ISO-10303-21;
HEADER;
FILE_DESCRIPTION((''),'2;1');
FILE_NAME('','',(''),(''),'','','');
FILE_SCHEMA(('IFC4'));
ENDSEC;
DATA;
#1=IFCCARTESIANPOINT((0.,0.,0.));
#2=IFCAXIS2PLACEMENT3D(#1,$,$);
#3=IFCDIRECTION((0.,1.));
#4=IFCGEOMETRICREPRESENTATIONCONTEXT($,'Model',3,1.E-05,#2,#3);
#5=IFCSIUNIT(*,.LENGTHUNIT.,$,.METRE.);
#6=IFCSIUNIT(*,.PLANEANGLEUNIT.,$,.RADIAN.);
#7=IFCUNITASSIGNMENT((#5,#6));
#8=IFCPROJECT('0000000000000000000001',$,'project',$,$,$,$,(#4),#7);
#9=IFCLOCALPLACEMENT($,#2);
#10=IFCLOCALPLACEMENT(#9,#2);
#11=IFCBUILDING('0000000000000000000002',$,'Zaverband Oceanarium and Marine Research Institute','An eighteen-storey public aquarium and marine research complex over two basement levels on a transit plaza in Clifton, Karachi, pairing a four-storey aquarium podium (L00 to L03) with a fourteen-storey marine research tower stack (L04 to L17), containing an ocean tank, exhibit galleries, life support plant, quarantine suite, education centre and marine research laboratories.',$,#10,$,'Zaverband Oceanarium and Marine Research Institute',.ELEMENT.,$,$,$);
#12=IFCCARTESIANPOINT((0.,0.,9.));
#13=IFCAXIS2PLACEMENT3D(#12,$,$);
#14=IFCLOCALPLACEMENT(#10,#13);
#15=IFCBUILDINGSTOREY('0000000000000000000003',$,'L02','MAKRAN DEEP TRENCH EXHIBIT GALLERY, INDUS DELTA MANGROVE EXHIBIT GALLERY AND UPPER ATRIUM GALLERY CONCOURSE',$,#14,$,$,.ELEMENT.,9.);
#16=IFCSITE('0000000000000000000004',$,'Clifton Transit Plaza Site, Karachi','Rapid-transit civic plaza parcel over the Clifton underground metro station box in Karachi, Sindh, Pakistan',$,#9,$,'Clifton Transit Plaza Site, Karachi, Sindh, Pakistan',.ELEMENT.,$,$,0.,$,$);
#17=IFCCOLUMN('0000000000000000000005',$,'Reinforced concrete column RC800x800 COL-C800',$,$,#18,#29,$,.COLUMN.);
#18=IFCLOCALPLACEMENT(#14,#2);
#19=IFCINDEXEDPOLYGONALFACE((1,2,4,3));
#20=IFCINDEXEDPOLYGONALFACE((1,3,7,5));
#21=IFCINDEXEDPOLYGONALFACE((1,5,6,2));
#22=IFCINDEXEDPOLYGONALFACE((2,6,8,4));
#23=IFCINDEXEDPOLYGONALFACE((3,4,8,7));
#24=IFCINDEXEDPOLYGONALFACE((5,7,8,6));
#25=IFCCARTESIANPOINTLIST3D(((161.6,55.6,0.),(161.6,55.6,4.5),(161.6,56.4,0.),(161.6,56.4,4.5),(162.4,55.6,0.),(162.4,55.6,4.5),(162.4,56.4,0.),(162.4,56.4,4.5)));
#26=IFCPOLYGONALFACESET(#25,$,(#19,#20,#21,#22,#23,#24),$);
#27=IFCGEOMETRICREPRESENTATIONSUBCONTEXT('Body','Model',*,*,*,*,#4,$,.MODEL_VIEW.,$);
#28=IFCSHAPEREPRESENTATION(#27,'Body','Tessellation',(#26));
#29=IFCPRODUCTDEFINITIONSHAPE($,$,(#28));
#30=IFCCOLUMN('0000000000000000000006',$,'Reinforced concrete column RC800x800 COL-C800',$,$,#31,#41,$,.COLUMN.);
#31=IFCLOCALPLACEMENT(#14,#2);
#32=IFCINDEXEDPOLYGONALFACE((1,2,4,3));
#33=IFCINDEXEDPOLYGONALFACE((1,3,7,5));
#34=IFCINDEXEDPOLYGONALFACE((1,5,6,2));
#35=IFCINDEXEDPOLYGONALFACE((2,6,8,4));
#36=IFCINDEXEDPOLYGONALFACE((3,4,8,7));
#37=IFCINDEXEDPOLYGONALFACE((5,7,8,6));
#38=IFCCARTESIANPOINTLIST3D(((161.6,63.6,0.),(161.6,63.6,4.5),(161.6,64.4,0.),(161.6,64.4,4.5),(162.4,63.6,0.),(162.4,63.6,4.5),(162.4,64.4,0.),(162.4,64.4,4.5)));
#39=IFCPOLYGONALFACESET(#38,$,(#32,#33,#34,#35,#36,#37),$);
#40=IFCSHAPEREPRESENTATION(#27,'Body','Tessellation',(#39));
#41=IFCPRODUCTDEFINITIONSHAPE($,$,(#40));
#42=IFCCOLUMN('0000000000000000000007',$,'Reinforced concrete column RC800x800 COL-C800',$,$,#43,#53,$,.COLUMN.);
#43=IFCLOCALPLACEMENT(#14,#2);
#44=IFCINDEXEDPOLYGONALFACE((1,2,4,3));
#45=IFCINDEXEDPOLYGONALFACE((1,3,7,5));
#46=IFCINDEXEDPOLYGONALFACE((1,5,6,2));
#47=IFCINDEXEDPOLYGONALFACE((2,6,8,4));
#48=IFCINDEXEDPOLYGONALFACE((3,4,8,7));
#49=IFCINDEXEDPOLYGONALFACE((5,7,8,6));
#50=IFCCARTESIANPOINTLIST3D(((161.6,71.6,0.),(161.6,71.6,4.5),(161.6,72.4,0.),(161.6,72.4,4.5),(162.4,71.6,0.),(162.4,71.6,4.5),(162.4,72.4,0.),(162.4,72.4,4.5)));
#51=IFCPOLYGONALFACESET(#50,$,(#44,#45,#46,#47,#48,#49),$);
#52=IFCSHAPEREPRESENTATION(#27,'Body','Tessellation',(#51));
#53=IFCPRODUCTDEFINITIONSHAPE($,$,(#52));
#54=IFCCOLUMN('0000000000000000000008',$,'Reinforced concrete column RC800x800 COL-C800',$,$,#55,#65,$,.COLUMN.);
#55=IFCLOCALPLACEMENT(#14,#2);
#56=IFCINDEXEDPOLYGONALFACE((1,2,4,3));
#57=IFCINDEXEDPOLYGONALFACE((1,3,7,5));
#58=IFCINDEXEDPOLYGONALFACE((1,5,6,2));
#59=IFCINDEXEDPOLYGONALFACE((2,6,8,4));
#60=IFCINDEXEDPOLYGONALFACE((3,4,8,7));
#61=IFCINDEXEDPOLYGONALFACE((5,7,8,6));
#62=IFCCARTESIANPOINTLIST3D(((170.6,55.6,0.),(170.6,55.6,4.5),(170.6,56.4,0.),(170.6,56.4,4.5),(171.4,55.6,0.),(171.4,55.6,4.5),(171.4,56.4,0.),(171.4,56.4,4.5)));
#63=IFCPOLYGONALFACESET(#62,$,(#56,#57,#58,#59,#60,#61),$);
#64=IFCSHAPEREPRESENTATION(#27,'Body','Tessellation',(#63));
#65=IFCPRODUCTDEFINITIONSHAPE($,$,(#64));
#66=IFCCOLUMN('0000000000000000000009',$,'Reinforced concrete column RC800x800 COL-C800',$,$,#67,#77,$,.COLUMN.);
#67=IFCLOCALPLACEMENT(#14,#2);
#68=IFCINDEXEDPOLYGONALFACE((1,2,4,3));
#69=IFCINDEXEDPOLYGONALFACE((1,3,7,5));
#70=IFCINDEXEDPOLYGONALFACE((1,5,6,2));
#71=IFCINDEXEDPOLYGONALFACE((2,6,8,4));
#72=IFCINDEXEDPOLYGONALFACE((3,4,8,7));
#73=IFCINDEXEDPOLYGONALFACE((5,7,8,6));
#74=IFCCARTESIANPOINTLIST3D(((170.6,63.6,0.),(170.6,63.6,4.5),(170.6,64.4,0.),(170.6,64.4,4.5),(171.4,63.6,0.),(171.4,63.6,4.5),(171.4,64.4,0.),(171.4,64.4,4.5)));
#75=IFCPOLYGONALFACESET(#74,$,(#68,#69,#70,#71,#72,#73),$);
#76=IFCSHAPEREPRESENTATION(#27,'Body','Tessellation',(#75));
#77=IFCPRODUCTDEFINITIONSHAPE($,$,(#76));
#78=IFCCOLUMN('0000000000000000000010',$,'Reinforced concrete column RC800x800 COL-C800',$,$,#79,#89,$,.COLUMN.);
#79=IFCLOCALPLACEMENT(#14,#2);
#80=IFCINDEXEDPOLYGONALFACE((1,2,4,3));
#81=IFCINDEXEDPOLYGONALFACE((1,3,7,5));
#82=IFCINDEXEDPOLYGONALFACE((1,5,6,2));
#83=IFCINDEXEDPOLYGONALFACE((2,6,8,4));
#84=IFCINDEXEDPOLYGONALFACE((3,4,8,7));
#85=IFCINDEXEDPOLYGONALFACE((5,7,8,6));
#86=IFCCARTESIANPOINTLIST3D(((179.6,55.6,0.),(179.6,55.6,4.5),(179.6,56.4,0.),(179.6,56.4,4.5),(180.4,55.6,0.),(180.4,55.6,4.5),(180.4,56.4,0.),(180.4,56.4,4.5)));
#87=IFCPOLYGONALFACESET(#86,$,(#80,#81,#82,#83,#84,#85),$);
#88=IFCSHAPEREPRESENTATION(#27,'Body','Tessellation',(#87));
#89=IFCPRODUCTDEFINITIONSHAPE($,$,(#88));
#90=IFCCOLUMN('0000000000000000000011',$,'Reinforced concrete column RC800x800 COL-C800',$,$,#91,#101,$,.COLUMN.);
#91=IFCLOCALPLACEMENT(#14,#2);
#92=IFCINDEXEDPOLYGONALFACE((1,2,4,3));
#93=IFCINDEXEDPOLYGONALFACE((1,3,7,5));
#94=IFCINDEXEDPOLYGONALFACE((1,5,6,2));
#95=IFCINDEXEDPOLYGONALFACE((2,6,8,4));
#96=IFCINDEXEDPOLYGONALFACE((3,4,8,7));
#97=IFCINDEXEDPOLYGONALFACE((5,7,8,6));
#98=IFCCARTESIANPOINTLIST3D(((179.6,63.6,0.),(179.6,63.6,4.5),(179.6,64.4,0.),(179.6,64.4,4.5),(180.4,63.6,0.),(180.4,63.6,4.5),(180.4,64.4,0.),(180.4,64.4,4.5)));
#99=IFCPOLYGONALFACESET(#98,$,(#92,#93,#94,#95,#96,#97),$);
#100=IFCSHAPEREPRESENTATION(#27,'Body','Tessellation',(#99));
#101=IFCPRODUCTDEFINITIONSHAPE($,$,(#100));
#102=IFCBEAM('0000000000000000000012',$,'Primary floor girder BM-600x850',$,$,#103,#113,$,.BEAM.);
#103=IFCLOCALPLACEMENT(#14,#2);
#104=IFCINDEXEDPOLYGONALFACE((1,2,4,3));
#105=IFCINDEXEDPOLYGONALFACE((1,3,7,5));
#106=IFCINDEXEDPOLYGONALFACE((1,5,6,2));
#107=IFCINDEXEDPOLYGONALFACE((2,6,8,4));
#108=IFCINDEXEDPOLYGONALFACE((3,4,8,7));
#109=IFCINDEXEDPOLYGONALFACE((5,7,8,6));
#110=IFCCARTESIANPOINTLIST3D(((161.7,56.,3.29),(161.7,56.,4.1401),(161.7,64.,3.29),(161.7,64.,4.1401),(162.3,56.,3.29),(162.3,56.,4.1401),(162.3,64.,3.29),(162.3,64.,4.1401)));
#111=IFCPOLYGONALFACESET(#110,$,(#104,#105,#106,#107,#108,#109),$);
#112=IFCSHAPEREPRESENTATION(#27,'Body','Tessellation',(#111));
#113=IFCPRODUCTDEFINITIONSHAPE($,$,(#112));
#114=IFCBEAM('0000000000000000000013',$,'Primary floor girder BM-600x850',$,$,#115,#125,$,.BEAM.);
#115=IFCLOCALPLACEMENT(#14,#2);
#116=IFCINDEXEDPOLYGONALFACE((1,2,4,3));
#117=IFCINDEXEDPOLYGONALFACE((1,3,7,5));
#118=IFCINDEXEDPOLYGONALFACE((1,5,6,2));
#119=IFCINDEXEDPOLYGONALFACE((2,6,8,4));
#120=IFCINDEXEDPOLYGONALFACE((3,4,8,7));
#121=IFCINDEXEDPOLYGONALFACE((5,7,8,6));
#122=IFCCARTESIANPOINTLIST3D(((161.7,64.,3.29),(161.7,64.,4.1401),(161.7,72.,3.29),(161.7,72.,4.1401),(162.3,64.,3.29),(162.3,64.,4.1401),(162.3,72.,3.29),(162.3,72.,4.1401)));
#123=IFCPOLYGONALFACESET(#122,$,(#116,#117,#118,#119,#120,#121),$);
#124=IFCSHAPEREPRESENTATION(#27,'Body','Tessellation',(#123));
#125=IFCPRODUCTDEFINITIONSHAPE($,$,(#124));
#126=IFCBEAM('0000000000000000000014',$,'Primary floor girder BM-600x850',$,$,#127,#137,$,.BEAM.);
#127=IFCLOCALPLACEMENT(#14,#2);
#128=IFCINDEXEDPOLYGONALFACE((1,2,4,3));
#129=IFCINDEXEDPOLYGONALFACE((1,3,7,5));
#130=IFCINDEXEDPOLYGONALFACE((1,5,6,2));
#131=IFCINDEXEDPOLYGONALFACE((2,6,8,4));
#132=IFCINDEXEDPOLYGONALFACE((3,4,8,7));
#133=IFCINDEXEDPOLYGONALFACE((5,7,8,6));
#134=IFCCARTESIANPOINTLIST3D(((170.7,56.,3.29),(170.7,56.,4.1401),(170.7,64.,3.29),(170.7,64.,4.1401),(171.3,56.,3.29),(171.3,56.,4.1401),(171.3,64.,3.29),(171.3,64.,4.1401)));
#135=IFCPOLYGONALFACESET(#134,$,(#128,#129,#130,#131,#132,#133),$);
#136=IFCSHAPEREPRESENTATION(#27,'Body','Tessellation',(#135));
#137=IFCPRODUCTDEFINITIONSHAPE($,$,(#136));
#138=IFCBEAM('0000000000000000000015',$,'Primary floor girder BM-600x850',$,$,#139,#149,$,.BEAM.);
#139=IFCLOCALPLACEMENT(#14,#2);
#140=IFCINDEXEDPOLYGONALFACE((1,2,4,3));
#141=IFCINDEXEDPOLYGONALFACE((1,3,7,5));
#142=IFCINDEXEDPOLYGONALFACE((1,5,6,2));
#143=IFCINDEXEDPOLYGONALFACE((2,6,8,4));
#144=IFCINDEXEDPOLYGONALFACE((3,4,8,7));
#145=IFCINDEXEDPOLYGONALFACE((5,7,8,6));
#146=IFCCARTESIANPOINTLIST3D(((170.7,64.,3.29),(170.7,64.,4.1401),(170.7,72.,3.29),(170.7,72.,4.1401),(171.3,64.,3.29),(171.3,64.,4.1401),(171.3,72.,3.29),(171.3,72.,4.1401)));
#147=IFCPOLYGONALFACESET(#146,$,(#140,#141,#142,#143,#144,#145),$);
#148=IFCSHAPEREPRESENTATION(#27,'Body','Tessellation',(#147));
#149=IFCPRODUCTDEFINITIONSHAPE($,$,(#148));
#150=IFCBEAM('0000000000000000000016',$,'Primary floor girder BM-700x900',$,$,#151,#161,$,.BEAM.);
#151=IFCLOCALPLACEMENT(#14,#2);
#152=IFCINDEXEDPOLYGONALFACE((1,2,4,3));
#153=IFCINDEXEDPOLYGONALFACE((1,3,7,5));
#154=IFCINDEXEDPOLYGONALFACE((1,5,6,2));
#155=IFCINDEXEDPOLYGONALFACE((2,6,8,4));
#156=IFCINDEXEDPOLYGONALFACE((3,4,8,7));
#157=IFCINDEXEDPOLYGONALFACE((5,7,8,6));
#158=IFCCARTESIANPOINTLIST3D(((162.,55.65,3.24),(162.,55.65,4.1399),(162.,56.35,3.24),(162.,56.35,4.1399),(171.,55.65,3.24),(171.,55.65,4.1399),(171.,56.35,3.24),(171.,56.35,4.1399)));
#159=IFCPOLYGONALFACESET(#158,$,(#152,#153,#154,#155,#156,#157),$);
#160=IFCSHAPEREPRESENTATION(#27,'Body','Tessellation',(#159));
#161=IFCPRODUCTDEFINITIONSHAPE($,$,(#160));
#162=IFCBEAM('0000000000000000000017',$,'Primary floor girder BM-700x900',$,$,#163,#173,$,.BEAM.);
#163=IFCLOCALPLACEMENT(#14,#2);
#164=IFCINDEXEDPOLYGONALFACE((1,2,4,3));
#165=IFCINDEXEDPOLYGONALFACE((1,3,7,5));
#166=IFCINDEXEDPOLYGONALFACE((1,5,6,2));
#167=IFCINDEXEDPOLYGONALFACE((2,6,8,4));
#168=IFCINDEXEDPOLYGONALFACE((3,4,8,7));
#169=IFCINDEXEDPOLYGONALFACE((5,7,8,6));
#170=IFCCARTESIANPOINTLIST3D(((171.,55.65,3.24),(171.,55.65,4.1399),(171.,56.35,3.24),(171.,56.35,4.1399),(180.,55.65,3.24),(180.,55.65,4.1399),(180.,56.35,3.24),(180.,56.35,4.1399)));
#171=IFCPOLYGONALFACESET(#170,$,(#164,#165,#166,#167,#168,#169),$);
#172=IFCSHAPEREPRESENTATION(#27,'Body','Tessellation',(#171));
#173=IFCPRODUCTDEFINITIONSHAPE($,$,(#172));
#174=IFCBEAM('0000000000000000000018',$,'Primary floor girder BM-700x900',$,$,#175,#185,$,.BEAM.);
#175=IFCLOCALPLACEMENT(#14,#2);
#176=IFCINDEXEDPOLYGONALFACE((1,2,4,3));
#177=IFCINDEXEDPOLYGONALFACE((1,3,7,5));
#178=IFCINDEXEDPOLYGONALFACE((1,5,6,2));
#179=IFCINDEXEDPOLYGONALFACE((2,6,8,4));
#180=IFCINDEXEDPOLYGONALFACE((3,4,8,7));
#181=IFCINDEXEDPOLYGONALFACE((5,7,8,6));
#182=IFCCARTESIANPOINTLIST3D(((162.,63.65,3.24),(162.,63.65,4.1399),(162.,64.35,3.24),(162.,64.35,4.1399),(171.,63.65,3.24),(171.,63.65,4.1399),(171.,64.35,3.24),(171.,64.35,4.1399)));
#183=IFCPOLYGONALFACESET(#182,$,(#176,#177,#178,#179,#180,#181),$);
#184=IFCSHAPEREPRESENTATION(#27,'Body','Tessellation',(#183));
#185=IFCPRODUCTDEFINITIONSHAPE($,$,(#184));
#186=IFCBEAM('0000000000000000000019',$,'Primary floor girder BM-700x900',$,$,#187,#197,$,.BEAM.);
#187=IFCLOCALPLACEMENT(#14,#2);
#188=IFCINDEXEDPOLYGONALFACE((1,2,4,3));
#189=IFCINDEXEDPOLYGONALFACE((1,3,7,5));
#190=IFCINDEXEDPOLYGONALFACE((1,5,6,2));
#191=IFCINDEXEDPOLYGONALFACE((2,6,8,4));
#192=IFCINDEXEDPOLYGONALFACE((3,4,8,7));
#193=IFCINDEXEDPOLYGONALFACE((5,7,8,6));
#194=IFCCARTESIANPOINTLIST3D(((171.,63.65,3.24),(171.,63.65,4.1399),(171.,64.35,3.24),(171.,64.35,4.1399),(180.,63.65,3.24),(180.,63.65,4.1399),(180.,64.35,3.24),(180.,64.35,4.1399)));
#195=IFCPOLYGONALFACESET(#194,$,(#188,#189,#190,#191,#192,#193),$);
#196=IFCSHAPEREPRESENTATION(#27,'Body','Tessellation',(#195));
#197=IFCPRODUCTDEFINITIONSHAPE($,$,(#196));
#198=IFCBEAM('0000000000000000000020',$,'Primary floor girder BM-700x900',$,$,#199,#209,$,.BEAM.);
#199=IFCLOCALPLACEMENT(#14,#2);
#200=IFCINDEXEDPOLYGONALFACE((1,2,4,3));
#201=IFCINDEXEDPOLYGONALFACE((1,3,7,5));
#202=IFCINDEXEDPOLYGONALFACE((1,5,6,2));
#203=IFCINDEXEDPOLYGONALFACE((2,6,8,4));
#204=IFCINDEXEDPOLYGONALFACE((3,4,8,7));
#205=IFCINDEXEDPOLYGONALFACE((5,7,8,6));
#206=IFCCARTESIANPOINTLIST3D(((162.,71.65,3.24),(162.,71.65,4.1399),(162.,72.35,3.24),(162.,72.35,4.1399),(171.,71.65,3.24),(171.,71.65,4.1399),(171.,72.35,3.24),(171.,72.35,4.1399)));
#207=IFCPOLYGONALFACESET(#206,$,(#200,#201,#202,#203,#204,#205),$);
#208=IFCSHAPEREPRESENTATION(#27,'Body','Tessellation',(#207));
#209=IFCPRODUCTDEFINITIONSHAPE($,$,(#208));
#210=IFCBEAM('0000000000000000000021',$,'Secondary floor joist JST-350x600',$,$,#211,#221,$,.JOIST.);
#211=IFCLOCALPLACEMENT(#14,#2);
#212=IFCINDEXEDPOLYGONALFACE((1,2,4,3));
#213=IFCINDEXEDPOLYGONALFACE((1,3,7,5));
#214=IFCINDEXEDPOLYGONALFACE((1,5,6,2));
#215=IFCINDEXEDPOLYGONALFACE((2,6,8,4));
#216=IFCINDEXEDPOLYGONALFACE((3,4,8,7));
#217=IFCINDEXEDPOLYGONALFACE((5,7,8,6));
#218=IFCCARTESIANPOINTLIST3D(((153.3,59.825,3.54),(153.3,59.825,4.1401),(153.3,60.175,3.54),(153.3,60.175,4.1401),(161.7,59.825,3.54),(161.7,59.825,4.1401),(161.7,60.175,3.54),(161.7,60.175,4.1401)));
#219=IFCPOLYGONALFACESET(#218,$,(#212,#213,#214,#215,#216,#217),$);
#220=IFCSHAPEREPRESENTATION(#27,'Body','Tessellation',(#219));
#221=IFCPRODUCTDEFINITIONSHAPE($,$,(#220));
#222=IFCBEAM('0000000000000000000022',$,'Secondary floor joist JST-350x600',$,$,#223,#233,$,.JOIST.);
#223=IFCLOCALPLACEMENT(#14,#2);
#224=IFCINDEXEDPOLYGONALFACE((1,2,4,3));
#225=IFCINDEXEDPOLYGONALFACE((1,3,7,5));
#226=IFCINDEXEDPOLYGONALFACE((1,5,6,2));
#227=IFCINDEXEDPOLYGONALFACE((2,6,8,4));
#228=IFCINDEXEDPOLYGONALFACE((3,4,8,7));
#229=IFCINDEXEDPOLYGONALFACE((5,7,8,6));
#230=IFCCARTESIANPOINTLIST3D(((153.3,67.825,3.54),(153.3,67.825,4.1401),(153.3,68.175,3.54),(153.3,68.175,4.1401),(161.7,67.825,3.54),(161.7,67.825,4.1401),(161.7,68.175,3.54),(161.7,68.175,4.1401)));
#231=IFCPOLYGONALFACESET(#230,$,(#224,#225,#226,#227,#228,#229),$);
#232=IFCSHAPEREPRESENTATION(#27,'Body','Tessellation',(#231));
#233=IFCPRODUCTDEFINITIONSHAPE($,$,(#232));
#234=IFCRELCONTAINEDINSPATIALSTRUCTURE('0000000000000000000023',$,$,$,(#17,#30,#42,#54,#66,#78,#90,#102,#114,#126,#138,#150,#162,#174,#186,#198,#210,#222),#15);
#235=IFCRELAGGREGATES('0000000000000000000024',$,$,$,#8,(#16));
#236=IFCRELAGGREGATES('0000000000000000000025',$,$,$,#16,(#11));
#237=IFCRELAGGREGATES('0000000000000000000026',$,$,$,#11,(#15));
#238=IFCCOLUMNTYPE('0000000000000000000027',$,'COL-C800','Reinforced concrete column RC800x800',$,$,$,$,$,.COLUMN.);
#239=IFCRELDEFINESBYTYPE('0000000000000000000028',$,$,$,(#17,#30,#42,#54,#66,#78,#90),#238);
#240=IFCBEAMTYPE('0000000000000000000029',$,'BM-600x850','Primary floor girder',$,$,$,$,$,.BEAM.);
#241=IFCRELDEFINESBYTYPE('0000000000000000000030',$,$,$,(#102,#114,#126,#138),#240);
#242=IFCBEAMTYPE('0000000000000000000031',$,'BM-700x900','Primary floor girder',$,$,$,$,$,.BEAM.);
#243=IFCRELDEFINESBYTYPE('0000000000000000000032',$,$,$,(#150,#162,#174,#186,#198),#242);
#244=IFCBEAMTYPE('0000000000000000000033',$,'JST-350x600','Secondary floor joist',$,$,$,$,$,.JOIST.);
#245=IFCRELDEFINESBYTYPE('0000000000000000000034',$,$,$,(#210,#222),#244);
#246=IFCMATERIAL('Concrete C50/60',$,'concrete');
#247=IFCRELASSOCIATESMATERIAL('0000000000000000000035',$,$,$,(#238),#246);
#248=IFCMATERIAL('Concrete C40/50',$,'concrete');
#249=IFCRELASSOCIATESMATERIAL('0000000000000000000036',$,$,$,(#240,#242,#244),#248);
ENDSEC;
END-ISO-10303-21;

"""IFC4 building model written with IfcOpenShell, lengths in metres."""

from ifc_helpers import new_model, si_unit, direction, frame, origin, origin_2d, place, context, subcontext, project, spatial, rectangle, extrude, material, material_profile, profile_set, type_object, element, save


model = new_model("IFC4")

# Units and contexts
model_context = context("Model", 3, precision=1e-05, world=origin(), true_north=direction((0.0, 1.0)))
body_context = subcontext(model_context, "Body", "Model", "MODEL_VIEW")
ifc_project = project(units=[si_unit("LENGTHUNIT", "METRE"), si_unit("PLANEANGLEUNIT", "RADIAN")], contexts=[model_context])

# Site, building, storey
site_placement = place(None, origin())
site = spatial("IfcSite", under=ifc_project, at=site_placement, Name="Clifton Transit Plaza Site, Karachi", Description="Rapid-transit civic plaza parcel over the Clifton underground metro station box in Karachi, Sindh, Pakistan", LongName="Clifton Transit Plaza Site, Karachi, Sindh, Pakistan", CompositionType="ELEMENT", RefElevation=0.0)
building_placement = place(site_placement, origin())
building = spatial("IfcBuilding", under=site, at=building_placement, Name="Zaverband Oceanarium and Marine Research Institute", Description="An eighteen-storey public aquarium and marine research complex over two basement levels on a transit plaza in Clifton, Karachi, pairing a four-storey aquarium podium (L00 to L03) with a fourteen-storey marine research tower stack (L04 to L17), containing an ocean tank, exhibit galleries, life support plant, quarantine suite, education centre and marine research laboratories.", LongName="Zaverband Oceanarium and Marine Research Institute", CompositionType="ELEMENT")
storey_placement = place(building_placement, frame((0.0, 0.0, 9.0)))
storey = spatial("IfcBuildingStorey", under=building, at=storey_placement, Name="L02", Description="MAKRAN DEEP TRENCH EXHIBIT GALLERY, INDUS DELTA MANGROVE EXHIBIT GALLERY AND UPPER ATRIUM GALLERY CONCOURSE", CompositionType="ELEMENT", Elevation=9.0)

# Columns
ifc_material_1 = material(Name="Concrete C50/60", Category="concrete")
ifc_material_profile_1 = material_profile(ifc_material_1, rectangle(XDim=0.8, YDim=0.8, at=origin_2d()), Name="RC800x800")
ifc_profile_set_1 = profile_set([ifc_material_profile_1], Name="Concrete C50/60")
column_type = type_object("IfcColumnType", Name="COL-C800", Description="Reinforced concrete column RC800x800", PredefinedType="COLUMN", material=ifc_profile_set_1)
for number, where, z_axis, x_axis, name in (
    (1, (162.0, 56.0, 0.0), (0.0, 0.0, 1.0), (1.0, 0.0, 0.0), "Reinforced concrete column RC800x800 COL-C800"),
    (2, (162.0, 64.0, 0.0), (0.0, 0.0, 1.0), (1.0, 0.0, 0.0), "Reinforced concrete column RC800x800 COL-C800"),
    (3, (162.0, 72.0, 0.0), (0.0, 0.0, 1.0), (1.0, 0.0, 0.0), "Reinforced concrete column RC800x800 COL-C800"),
    (4, (171.0, 56.0, 0.0), (0.0, 0.0, 1.0), (1.0, 0.0, 0.0), "Reinforced concrete column RC800x800 COL-C800"),
    (5, (171.0, 64.0, 0.0), (0.0, 0.0, 1.0), (1.0, 0.0, 0.0), "Reinforced concrete column RC800x800 COL-C800"),
    (6, (180.0, 56.0, 0.0), (0.0, 0.0, 1.0), (1.0, 0.0, 0.0), "Reinforced concrete column RC800x800 COL-C800"),
    (7, (180.0, 64.0, 0.0), (0.0, 0.0, 1.0), (1.0, 0.0, 0.0), "Reinforced concrete column RC800x800 COL-C800"),
):
    element("IfcColumn", number, at=place(storey_placement, frame(where, z_axis=z_axis, x_axis=x_axis)), inside=storey, type_object=column_type, Name=name, PredefinedType="COLUMN", context=body_context, shape_type="SweptSolid", body=[
        extrude(rectangle(XDim=0.8, YDim=0.8, at=origin_2d()), origin(), (0.0, 0.0, 1.0), 4.5),
    ])

# Beams
ifc_material_2 = material(Name="Concrete C40/50", Category="concrete")
ifc_material_profile_2 = material_profile(ifc_material_2, rectangle(XDim=0.6001, YDim=0.8501, at=origin_2d()), Name="RC600x850")
ifc_profile_set_2 = profile_set([ifc_material_profile_2], Name="Concrete C40/50")
beam_type_1 = type_object("IfcBeamType", Name="BM-600x850", Description="Primary floor girder", PredefinedType="BEAM", material=ifc_profile_set_2)
for number, where, z_axis, x_axis, name in (
    (8, (162.0, 56.0, 3.7151), (0.0, 1.0, 0.0), (-1.0, 0.0, 0.0), "Primary floor girder BM-600x850"),
    (9, (162.0, 64.0, 3.7151), (0.0, 1.0, 0.0), (-1.0, 0.0, 0.0), "Primary floor girder BM-600x850"),
    (10, (171.0, 56.0, 3.7151), (0.0, 1.0, 0.0), (-1.0, 0.0, 0.0), "Primary floor girder BM-600x850"),
    (11, (171.0, 64.0, 3.7151), (0.0, 1.0, 0.0), (-1.0, 0.0, 0.0), "Primary floor girder BM-600x850"),
):
    element("IfcBeam", number, at=place(storey_placement, frame(where, z_axis=z_axis, x_axis=x_axis)), inside=storey, type_object=beam_type_1, Name=name, PredefinedType="BEAM", context=body_context, shape_type="SweptSolid", body=[
        extrude(rectangle(XDim=0.6001, YDim=0.8501, at=origin_2d()), origin(), (0.0, 0.0, 1.0), 8.0),
    ])
ifc_material_profile_3 = material_profile(ifc_material_2, rectangle(XDim=0.7, YDim=0.8999, at=origin_2d()), Name="RC700x900")
ifc_profile_set_3 = profile_set([ifc_material_profile_3], Name="Concrete C40/50")
beam_type_2 = type_object("IfcBeamType", Name="BM-700x900", Description="Primary floor girder", PredefinedType="BEAM", material=ifc_profile_set_3)
for number, where, z_axis, x_axis, name in (
    (12, (162.0, 56.0, 3.6899), (1.0, 0.0, 0.0), (0.0, 1.0, 0.0), "Primary floor girder BM-700x900"),
    (13, (171.0, 56.0, 3.6899), (1.0, 0.0, 0.0), (0.0, 1.0, 0.0), "Primary floor girder BM-700x900"),
    (14, (162.0, 64.0, 3.6899), (1.0, 0.0, 0.0), (0.0, 1.0, 0.0), "Primary floor girder BM-700x900"),
    (15, (171.0, 64.0, 3.6899), (1.0, 0.0, 0.0), (0.0, 1.0, 0.0), "Primary floor girder BM-700x900"),
    (16, (162.0, 72.0, 3.6899), (1.0, 0.0, 0.0), (0.0, 1.0, 0.0), "Primary floor girder BM-700x900"),
):
    element("IfcBeam", number, at=place(storey_placement, frame(where, z_axis=z_axis, x_axis=x_axis)), inside=storey, type_object=beam_type_2, Name=name, PredefinedType="BEAM", context=body_context, shape_type="SweptSolid", body=[
        extrude(rectangle(XDim=0.7, YDim=0.8999, at=origin_2d()), origin(), (0.0, 0.0, 1.0), 9.0),
    ])
ifc_material_profile_4 = material_profile(ifc_material_2, rectangle(XDim=0.3501, YDim=0.6001, at=origin_2d()), Name="RC350x600")
ifc_profile_set_4 = profile_set([ifc_material_profile_4], Name="Concrete C40/50")
beam_type_3 = type_object("IfcBeamType", Name="JST-350x600", Description="Secondary floor joist", PredefinedType="JOIST", material=ifc_profile_set_4)
for number, where, z_axis, x_axis, name in (
    (17, (153.3, 60.0, 3.8401), (1.0, 0.0, 0.0), (0.0, 1.0, 0.0), "Secondary floor joist JST-350x600"),
    (18, (153.3, 68.0, 3.8401), (1.0, 0.0, 0.0), (0.0, 1.0, 0.0), "Secondary floor joist JST-350x600"),
):
    element("IfcBeam", number, at=place(storey_placement, frame(where, z_axis=z_axis, x_axis=x_axis)), inside=storey, type_object=beam_type_3, Name=name, PredefinedType="JOIST", context=body_context, shape_type="SweptSolid", body=[
        extrude(rectangle(XDim=0.3501, YDim=0.6001, at=origin_2d()), origin(), (0.0, 0.0, 1.0), 8.3999),
    ])

save(model, "model.ifc")
